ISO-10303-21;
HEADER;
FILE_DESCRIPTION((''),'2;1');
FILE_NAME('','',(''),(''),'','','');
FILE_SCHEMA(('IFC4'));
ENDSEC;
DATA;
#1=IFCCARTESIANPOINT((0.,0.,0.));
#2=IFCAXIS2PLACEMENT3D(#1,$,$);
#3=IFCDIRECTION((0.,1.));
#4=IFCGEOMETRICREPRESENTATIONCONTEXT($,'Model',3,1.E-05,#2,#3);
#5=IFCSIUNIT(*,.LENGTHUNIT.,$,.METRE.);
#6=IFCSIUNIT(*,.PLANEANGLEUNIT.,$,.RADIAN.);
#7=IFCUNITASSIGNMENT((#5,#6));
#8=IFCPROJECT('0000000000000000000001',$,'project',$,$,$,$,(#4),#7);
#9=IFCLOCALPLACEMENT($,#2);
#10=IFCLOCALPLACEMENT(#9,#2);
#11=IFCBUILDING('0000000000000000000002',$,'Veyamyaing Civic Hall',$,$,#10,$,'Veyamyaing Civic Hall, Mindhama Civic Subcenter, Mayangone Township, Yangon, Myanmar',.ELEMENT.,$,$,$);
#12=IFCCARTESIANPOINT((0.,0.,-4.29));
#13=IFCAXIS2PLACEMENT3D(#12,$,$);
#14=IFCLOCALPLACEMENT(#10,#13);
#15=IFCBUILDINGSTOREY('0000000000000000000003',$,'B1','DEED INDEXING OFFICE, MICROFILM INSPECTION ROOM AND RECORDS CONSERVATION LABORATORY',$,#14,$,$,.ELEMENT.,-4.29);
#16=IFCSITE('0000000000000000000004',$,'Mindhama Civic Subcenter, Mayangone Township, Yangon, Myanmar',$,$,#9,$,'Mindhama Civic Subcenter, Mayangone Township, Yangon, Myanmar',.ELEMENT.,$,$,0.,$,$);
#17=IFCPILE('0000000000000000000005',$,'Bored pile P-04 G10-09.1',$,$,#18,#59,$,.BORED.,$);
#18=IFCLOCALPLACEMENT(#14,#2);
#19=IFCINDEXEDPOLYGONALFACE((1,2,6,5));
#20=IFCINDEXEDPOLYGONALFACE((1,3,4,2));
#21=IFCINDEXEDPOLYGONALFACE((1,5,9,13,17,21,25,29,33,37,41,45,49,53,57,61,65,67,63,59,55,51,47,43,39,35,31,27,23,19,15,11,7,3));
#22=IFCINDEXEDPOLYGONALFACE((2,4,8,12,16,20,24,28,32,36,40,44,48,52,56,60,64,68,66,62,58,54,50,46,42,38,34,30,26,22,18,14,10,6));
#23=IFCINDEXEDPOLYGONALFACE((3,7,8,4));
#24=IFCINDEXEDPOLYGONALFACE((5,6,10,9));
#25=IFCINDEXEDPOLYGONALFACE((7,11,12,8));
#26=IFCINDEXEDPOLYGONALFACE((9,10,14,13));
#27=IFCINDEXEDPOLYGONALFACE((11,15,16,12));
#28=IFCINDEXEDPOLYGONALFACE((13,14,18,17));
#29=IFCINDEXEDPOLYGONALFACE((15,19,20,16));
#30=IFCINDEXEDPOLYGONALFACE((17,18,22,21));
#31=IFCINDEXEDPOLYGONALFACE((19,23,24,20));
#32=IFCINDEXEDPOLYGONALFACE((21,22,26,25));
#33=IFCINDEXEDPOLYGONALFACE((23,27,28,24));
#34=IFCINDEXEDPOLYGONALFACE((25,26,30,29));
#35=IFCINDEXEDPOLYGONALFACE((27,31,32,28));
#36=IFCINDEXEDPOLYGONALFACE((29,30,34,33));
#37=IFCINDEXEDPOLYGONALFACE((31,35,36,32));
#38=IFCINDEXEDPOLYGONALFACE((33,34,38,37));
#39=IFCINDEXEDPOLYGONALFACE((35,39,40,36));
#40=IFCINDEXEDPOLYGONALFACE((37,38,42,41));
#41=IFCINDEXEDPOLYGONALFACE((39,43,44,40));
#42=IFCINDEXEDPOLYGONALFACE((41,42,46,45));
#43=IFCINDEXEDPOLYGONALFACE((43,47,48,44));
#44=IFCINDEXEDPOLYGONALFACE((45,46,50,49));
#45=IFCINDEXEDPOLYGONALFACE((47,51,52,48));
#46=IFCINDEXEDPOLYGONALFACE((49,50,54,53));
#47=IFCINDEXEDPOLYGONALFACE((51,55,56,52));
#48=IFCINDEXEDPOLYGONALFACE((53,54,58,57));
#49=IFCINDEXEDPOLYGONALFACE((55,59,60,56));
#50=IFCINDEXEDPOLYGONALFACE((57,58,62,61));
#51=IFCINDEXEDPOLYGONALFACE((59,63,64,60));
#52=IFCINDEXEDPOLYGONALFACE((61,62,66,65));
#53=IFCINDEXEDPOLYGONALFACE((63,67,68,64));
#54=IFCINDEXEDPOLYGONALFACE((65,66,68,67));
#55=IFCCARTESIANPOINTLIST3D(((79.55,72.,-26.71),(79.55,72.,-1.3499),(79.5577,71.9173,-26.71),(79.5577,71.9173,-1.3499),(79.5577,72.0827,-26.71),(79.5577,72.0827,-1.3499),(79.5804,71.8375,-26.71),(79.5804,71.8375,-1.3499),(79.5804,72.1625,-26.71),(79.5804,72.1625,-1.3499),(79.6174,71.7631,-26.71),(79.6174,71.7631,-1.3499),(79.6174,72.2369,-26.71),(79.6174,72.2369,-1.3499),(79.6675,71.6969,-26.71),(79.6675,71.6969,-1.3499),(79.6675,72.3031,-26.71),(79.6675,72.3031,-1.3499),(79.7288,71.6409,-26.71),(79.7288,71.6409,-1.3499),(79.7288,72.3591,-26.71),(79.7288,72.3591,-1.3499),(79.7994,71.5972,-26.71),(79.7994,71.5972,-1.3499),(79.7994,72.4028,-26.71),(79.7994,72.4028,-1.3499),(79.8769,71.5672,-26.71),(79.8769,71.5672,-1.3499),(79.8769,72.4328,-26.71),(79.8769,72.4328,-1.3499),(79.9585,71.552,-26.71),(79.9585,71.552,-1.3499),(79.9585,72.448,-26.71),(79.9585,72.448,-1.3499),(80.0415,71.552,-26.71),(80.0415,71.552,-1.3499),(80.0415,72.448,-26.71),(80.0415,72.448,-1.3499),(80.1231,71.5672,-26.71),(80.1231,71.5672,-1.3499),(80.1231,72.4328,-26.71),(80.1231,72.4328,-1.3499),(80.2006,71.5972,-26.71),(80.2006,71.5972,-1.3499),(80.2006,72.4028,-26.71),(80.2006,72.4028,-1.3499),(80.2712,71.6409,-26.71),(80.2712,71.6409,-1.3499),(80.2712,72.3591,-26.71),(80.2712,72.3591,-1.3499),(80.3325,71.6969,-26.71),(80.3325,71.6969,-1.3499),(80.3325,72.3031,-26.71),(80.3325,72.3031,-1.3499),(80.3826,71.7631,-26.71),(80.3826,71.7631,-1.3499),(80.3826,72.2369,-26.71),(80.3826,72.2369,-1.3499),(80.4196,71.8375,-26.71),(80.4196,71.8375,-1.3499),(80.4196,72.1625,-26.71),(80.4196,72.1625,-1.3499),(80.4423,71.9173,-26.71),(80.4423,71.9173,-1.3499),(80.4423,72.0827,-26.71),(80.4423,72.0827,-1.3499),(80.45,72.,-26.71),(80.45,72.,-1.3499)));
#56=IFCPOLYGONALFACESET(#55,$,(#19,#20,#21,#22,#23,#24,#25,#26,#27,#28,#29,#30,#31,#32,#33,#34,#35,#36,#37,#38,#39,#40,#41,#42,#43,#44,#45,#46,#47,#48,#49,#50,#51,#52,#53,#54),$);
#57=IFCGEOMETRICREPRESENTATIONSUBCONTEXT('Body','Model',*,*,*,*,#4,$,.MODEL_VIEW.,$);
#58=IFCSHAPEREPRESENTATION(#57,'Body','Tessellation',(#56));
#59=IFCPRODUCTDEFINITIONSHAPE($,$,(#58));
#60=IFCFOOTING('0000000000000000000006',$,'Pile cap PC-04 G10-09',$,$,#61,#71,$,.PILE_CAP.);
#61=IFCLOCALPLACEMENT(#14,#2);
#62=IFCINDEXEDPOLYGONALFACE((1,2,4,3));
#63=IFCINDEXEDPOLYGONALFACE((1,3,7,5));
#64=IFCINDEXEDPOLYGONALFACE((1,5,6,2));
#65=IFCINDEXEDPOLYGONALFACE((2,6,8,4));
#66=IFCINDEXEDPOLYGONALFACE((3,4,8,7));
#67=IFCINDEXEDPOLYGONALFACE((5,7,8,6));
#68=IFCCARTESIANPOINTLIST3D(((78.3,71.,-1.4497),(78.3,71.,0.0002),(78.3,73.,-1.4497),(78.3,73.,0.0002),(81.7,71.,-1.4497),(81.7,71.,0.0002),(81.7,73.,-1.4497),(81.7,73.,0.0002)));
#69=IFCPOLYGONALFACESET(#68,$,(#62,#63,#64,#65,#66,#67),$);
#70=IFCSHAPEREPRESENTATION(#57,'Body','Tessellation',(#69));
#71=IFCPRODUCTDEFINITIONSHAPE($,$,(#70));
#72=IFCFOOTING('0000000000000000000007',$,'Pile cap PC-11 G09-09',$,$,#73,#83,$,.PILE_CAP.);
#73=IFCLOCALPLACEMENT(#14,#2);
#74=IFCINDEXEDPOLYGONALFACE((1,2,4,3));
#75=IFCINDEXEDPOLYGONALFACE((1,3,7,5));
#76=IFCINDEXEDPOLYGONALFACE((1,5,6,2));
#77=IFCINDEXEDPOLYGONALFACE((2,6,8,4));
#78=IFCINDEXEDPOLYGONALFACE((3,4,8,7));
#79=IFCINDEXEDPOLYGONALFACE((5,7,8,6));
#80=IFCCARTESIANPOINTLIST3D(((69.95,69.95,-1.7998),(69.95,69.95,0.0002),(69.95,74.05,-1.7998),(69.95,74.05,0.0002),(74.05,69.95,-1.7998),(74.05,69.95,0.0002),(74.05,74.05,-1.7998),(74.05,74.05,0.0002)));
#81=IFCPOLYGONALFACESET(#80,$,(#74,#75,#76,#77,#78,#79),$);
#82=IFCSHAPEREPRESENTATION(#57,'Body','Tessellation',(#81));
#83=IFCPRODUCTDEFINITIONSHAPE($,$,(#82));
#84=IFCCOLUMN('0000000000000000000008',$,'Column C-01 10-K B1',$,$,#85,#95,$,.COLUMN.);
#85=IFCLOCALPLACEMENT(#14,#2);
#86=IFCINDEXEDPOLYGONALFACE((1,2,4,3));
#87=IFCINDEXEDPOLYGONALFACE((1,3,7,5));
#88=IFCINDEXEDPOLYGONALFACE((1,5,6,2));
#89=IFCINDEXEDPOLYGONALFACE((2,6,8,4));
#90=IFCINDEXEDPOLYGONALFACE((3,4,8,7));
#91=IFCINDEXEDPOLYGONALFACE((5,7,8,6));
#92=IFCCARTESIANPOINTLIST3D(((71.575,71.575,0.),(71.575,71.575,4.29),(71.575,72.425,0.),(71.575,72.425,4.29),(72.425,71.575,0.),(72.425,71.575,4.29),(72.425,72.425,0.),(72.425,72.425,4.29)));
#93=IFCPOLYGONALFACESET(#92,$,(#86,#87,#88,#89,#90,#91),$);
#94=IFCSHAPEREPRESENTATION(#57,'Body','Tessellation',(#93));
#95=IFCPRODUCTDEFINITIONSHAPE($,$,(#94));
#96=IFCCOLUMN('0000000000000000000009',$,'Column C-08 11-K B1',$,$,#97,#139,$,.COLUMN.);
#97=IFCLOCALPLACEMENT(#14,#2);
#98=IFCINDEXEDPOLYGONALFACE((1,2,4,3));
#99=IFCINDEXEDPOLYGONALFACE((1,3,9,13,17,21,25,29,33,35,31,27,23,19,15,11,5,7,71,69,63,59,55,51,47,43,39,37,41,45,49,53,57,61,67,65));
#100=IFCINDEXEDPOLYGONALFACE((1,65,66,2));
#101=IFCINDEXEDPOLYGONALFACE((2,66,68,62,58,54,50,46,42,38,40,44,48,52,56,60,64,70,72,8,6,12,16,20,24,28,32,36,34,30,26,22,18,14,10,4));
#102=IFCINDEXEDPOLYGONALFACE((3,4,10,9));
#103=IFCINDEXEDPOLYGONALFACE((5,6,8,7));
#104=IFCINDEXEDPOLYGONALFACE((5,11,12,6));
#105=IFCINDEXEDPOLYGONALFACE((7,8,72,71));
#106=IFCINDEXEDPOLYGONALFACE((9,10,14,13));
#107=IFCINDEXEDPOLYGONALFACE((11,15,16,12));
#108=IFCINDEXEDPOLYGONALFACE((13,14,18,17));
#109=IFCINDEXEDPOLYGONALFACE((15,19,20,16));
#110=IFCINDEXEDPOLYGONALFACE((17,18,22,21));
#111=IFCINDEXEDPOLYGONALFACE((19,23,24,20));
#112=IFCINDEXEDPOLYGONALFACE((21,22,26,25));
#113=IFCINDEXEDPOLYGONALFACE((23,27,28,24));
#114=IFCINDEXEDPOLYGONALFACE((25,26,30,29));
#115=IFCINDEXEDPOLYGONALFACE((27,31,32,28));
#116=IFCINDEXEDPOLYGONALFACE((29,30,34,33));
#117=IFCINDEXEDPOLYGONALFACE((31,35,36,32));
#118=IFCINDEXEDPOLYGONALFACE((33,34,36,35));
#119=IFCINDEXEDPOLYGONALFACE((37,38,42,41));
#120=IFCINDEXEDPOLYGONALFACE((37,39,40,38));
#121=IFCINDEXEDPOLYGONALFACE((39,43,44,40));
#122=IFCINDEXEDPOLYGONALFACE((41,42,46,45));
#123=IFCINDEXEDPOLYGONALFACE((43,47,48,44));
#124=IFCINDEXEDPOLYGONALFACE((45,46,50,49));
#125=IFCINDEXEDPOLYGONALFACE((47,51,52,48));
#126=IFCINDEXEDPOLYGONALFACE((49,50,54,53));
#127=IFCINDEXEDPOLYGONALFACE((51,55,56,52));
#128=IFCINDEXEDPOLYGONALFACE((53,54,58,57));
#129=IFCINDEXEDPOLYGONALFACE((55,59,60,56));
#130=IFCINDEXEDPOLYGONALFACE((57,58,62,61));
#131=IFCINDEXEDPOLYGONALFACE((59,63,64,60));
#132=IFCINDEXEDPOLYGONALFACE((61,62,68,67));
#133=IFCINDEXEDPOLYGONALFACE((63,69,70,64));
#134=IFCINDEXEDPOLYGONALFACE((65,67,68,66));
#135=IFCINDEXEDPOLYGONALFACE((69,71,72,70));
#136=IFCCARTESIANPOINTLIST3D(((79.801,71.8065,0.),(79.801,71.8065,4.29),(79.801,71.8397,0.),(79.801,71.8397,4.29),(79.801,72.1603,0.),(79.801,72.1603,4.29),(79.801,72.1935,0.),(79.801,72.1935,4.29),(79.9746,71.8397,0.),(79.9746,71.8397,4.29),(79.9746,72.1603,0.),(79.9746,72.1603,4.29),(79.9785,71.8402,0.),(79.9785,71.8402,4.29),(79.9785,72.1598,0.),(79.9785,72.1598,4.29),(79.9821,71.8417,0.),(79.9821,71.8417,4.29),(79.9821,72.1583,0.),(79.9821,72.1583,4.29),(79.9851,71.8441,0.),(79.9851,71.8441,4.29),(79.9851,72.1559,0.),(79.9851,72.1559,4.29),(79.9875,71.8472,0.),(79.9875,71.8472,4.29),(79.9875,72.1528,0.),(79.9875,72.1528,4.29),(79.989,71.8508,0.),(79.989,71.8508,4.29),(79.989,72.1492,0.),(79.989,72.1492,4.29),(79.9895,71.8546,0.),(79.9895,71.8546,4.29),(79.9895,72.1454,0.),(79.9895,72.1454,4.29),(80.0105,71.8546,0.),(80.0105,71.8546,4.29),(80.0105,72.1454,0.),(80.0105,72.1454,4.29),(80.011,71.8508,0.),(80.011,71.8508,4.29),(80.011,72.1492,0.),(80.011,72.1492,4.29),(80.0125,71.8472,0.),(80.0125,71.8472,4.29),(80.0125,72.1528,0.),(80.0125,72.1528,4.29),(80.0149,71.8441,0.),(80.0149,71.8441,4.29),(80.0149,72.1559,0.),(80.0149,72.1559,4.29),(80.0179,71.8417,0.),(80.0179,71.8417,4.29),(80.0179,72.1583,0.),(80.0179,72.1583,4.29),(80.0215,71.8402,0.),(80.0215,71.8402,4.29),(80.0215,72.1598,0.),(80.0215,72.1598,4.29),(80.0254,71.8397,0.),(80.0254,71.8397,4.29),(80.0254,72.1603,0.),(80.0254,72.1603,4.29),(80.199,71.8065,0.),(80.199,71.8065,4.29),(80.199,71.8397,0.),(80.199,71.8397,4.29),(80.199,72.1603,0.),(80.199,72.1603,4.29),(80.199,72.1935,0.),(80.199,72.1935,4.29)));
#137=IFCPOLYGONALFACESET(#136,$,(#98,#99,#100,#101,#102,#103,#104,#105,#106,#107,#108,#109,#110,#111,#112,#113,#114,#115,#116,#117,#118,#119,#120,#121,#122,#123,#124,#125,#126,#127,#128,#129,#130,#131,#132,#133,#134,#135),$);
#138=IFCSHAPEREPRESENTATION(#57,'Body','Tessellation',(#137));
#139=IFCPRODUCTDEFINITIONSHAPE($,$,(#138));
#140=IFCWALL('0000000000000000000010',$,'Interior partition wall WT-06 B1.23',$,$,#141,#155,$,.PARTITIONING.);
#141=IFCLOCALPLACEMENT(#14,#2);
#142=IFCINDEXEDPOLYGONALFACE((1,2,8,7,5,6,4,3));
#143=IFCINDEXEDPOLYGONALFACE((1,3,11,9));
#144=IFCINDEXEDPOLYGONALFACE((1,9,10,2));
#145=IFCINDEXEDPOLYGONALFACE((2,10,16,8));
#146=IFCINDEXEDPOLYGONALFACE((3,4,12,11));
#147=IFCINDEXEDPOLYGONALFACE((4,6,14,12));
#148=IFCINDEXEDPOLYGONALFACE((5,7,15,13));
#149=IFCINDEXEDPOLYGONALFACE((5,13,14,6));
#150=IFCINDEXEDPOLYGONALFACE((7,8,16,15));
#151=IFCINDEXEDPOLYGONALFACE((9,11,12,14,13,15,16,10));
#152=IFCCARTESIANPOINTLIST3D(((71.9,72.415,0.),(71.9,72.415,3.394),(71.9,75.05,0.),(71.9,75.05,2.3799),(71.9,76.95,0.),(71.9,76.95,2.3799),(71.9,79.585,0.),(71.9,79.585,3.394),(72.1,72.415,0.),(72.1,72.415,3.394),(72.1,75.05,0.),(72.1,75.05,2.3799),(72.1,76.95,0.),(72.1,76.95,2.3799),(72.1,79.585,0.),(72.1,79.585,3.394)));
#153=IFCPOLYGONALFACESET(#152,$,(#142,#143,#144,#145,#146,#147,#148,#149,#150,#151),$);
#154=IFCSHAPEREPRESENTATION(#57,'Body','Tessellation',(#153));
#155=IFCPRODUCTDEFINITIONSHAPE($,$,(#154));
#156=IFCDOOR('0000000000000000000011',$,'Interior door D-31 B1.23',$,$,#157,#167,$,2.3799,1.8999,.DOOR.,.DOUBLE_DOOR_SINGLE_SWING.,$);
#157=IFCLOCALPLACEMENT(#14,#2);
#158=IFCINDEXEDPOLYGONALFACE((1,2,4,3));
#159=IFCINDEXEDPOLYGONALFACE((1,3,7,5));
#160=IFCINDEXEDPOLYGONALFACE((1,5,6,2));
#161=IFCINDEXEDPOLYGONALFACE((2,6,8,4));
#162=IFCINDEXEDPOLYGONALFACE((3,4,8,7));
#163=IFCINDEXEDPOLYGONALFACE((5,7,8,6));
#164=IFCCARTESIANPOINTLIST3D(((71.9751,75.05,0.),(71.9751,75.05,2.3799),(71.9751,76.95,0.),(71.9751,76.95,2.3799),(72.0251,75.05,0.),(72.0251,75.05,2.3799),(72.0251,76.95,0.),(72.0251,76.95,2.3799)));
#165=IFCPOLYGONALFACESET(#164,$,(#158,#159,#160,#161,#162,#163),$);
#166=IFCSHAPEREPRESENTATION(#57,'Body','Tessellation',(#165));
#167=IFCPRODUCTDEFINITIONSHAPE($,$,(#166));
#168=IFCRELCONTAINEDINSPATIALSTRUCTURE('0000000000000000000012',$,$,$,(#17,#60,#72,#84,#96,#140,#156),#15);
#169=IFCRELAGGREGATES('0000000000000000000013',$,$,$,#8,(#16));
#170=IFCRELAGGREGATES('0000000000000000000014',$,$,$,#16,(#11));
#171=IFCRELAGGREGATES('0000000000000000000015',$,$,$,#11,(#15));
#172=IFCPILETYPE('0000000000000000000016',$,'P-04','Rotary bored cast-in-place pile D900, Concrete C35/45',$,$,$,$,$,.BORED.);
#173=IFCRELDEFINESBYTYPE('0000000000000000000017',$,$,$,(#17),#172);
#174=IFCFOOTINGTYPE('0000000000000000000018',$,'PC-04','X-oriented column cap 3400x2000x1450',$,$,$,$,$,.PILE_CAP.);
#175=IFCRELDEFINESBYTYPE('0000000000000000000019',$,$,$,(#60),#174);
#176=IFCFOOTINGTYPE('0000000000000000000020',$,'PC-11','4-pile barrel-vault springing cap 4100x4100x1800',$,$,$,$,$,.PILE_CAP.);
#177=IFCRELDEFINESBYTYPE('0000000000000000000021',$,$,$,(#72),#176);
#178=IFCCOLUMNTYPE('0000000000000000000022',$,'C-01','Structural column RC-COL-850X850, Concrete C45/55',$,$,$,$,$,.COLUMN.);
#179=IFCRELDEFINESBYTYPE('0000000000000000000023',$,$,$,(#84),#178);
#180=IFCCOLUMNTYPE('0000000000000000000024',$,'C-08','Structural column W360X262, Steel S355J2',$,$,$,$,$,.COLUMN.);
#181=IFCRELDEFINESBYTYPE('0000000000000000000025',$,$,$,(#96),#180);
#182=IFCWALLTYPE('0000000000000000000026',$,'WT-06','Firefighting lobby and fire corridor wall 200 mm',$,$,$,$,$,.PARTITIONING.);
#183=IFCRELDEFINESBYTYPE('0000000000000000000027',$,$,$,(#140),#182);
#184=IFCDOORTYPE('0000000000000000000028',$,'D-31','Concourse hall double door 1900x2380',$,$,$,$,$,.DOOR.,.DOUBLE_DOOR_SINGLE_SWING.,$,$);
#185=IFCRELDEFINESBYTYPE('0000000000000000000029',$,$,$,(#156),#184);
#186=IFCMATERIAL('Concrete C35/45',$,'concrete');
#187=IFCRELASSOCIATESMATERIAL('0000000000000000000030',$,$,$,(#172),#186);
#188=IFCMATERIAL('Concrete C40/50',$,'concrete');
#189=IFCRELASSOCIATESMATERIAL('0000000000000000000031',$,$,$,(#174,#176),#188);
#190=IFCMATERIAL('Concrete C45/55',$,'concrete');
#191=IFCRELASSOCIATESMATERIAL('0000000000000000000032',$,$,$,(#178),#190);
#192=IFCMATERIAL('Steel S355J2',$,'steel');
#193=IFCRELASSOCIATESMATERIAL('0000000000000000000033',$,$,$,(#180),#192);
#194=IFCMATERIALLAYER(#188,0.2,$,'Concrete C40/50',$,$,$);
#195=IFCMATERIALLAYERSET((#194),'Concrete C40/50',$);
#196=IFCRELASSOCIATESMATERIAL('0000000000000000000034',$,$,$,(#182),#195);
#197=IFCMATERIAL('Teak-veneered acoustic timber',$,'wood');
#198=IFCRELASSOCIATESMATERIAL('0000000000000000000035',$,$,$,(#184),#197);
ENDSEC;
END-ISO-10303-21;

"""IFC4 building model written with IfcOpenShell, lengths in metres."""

from ifc_helpers import new_model, si_unit, direction, frame, frame_2d, origin, origin_2d, place, context, subcontext, project, spatial, rectangle, circle, i_section, extrude, material, layer, layer_set, material_profile, profile_set, type_object, element, fill, save


model = new_model("IFC4")

# Units and contexts
model_context = context("Model", 3, precision=1e-05, world=origin(), true_north=direction((0.0, 1.0)))
body_context = subcontext(model_context, "Body", "Model", "MODEL_VIEW")
ifc_project = project(units=[si_unit("LENGTHUNIT", "METRE"), si_unit("PLANEANGLEUNIT", "RADIAN")], contexts=[model_context])

# Site, building, storey
site_placement = place(None, origin())
site = spatial("IfcSite", under=ifc_project, at=site_placement, Name="Mindhama Civic Subcenter, Mayangone Township, Yangon, Myanmar", LongName="Mindhama Civic Subcenter, Mayangone Township, Yangon, Myanmar", CompositionType="ELEMENT", RefElevation=0.0)
building_placement = place(site_placement, origin())
building = spatial("IfcBuilding", under=site, at=building_placement, Name="Veyamyaing Civic Hall", LongName="Veyamyaing Civic Hall, Mindhama Civic Subcenter, Mayangone Township, Yangon, Myanmar", CompositionType="ELEMENT")
storey_placement = place(building_placement, frame((0.0, 0.0, -4.29)))
storey = spatial("IfcBuildingStorey", under=building, at=storey_placement, Name="B1", Description="DEED INDEXING OFFICE, MICROFILM INSPECTION ROOM AND RECORDS CONSERVATION LABORATORY", CompositionType="ELEMENT", Elevation=-4.29)

# Shared definitions
ifc_material_1 = material(Name="Concrete C40/50", Category="concrete")

# Pile
ifc_material_2 = material(Name="Concrete C35/45", Category="concrete")
ifc_material_profile_1 = material_profile(ifc_material_2, circle(Radius=0.45, at=origin_2d()), Name="PILE-D900")
ifc_profile_set_1 = profile_set([ifc_material_profile_1], Name="Concrete C35/45")
pile_type_1 = type_object("IfcPileType", Name="P-04", Description="Rotary bored cast-in-place pile D900, Concrete C35/45", PredefinedType="BORED", material=ifc_profile_set_1)
pile_placement = place(storey_placement, frame((80.0, 72.0, -1.3499), z_axis=(0.0, 0.0, -1.0), x_axis=(1.0, 0.0, 0.0)))
element("IfcPile", 1, at=pile_placement, inside=storey, type_object=pile_type_1, Name="Bored pile P-04 G10-09.1", PredefinedType="BORED", context=body_context, shape_type="SweptSolid", body=[
    extrude(circle(Radius=0.45, at=origin_2d()), origin(), (0.0, 0.0, 1.0), 25.3601),
])

# Footings
footing_type_1 = type_object("IfcFootingType", Name="PC-04", Description="X-oriented column cap 3400x2000x1450", PredefinedType="PILE_CAP", material=ifc_material_1)
footing_1_placement = place(storey_placement, frame((80.0, 72.0, -1.4497), z_axis=(0.0, 0.0, 1.0), x_axis=(1.0, 0.0, 0.0)))
element("IfcFooting", 2, at=footing_1_placement, inside=storey, type_object=footing_type_1, Name="Pile cap PC-04 G10-09", PredefinedType="PILE_CAP", context=body_context, shape_type="SweptSolid", body=[
    extrude(rectangle(XDim=3.3999, YDim=2.0, at=origin_2d()), origin(), (0.0, 0.0, 1.0), 1.45),
])
footing_type_2 = type_object("IfcFootingType", Name="PC-11", Description="4-pile barrel-vault springing cap 4100x4100x1800", PredefinedType="PILE_CAP", material=ifc_material_1)
footing_2_placement = place(storey_placement, frame((72.0, 72.0, -1.7998), z_axis=(0.0, 0.0, 1.0), x_axis=(1.0, 0.0, 0.0)))
element("IfcFooting", 3, at=footing_2_placement, inside=storey, type_object=footing_type_2, Name="Pile cap PC-11 G09-09", PredefinedType="PILE_CAP", context=body_context, shape_type="SweptSolid", body=[
    extrude(rectangle(XDim=4.1001, YDim=4.1001, at=origin_2d()), origin(), (0.0, 0.0, 1.0), 1.8),
])

# Columns
ifc_material_3 = material(Name="Concrete C45/55", Category="concrete")
ifc_material_profile_2 = material_profile(ifc_material_3, rectangle(XDim=0.8501, YDim=0.8501, at=origin_2d()), Name="RC-COL-850X850")
ifc_profile_set_2 = profile_set([ifc_material_profile_2], Name="Concrete C45/55")
column_type_1 = type_object("IfcColumnType", Name="C-01", Description="Structural column RC-COL-850X850, Concrete C45/55", PredefinedType="COLUMN", material=ifc_profile_set_2)
column_1_placement = place(storey_placement, frame((72.0, 72.0, 0.0), z_axis=(0.0, 0.0, 1.0), x_axis=(1.0, 0.0, 0.0)))
element("IfcColumn", 4, at=column_1_placement, inside=storey, type_object=column_type_1, Name="Column C-01 10-K B1", PredefinedType="COLUMN", context=body_context, shape_type="SweptSolid", body=[
    extrude(rectangle(XDim=0.8501, YDim=0.8501, at=origin_2d()), origin(), (0.0, 0.0, 1.0), 4.29),
])
ifc_material_4 = material(Name="Steel S355J2", Category="steel")
ifc_material_profile_3 = material_profile(ifc_material_4, i_section(OverallWidth=0.3979, OverallDepth=0.387, WebThickness=0.021, FlangeThickness=0.0332, FilletRadius=0.0149, at=origin_2d()), Name="W360X262")
ifc_profile_set_3 = profile_set([ifc_material_profile_3], Name="Steel S355J2")
column_type_2 = type_object("IfcColumnType", Name="C-08", Description="Structural column W360X262, Steel S355J2", PredefinedType="COLUMN", material=ifc_profile_set_3)
column_2_placement = place(storey_placement, frame((80.0, 72.0, 0.0), z_axis=(0.0, 0.0, 1.0), x_axis=(1.0, 0.0, 0.0)))
element("IfcColumn", 5, at=column_2_placement, inside=storey, type_object=column_type_2, Name="Column C-08 11-K B1", PredefinedType="COLUMN", context=body_context, shape_type="SweptSolid", body=[
    extrude(i_section(OverallWidth=0.3979, OverallDepth=0.387, WebThickness=0.021, FlangeThickness=0.0332, FilletRadius=0.0149, at=origin_2d()), origin(), (0.0, 0.0, 1.0), 4.29),
])

# Wall, opening, door
ifc_layer_1 = layer(ifc_material_1, 0.2, Name="Concrete C40/50")
ifc_layer_set_1 = layer_set([ifc_layer_1], Name="Concrete C40/50")
wall_type_1 = type_object("IfcWallType", Name="WT-06", Description="Firefighting lobby and fire corridor wall 200 mm", PredefinedType="PARTITIONING", material=ifc_layer_set_1)
wall_1_placement = place(storey_placement, frame((72.0, 72.415, 0.0), z_axis=(0.0, 0.0, 1.0), x_axis=(0.0, 1.0, 0.0)))
wall_1 = element("IfcWall", 6, at=wall_1_placement, inside=storey, type_object=wall_type_1, Name="Interior partition wall WT-06 B1.23", PredefinedType="PARTITIONING", context=body_context, shape_type="SweptSolid", body=[
    extrude(rectangle(XDim=7.1699, YDim=0.2, at=frame_2d((3.585, 0.0))), origin(), (0.0, 0.0, 1.0), 3.394),
])
opening_1_placement = place(wall_1_placement, frame((2.635, 0.0, 0.0)))
opening_1 = element("IfcOpeningElement", 7, at=opening_1_placement, cuts=wall_1, PredefinedType="OPENING", context=body_context, shape_type="SweptSolid", body=[
    extrude(rectangle(XDim=1.8999, YDim=2.3799, at=frame_2d((0.95, 1.1899))), frame((0.0, 0.1099, 0.0), z_axis=(0.0, -1.0, 0.0), x_axis=(1.0, 0.0, 0.0)), (0.0, 0.0, 1.0), 0.22),
])
ifc_material_5 = material(Name="Teak-veneered acoustic timber", Category="wood")
door_type_1 = type_object("IfcDoorType", Name="D-31", Description="Concourse hall double door 1900x2380", OperationType="DOUBLE_DOOR_SINGLE_SWING", PredefinedType="DOOR", material=ifc_material_5)
door_1_placement = place(opening_1_placement, origin())
door_1 = element("IfcDoor", 8, at=door_1_placement, inside=storey, type_object=door_type_1, Name="Interior door D-31 B1.23", OperationType="DOUBLE_DOOR_SINGLE_SWING", OverallHeight=2.3799, OverallWidth=1.8999, PredefinedType="DOOR", context=body_context, shape_type="SweptSolid", body=[
    extrude(rectangle(XDim=1.8999, YDim=2.3799, at=frame_2d((0.95, 1.1899))), frame((0.0, 0.0249, 0.0), z_axis=(0.0, -1.0, 0.0), x_axis=(1.0, 0.0, 0.0)), (0.0, 0.0, 1.0), 0.05),
])
fill(opening_1, door_1)

save(model, "model.ifc")
